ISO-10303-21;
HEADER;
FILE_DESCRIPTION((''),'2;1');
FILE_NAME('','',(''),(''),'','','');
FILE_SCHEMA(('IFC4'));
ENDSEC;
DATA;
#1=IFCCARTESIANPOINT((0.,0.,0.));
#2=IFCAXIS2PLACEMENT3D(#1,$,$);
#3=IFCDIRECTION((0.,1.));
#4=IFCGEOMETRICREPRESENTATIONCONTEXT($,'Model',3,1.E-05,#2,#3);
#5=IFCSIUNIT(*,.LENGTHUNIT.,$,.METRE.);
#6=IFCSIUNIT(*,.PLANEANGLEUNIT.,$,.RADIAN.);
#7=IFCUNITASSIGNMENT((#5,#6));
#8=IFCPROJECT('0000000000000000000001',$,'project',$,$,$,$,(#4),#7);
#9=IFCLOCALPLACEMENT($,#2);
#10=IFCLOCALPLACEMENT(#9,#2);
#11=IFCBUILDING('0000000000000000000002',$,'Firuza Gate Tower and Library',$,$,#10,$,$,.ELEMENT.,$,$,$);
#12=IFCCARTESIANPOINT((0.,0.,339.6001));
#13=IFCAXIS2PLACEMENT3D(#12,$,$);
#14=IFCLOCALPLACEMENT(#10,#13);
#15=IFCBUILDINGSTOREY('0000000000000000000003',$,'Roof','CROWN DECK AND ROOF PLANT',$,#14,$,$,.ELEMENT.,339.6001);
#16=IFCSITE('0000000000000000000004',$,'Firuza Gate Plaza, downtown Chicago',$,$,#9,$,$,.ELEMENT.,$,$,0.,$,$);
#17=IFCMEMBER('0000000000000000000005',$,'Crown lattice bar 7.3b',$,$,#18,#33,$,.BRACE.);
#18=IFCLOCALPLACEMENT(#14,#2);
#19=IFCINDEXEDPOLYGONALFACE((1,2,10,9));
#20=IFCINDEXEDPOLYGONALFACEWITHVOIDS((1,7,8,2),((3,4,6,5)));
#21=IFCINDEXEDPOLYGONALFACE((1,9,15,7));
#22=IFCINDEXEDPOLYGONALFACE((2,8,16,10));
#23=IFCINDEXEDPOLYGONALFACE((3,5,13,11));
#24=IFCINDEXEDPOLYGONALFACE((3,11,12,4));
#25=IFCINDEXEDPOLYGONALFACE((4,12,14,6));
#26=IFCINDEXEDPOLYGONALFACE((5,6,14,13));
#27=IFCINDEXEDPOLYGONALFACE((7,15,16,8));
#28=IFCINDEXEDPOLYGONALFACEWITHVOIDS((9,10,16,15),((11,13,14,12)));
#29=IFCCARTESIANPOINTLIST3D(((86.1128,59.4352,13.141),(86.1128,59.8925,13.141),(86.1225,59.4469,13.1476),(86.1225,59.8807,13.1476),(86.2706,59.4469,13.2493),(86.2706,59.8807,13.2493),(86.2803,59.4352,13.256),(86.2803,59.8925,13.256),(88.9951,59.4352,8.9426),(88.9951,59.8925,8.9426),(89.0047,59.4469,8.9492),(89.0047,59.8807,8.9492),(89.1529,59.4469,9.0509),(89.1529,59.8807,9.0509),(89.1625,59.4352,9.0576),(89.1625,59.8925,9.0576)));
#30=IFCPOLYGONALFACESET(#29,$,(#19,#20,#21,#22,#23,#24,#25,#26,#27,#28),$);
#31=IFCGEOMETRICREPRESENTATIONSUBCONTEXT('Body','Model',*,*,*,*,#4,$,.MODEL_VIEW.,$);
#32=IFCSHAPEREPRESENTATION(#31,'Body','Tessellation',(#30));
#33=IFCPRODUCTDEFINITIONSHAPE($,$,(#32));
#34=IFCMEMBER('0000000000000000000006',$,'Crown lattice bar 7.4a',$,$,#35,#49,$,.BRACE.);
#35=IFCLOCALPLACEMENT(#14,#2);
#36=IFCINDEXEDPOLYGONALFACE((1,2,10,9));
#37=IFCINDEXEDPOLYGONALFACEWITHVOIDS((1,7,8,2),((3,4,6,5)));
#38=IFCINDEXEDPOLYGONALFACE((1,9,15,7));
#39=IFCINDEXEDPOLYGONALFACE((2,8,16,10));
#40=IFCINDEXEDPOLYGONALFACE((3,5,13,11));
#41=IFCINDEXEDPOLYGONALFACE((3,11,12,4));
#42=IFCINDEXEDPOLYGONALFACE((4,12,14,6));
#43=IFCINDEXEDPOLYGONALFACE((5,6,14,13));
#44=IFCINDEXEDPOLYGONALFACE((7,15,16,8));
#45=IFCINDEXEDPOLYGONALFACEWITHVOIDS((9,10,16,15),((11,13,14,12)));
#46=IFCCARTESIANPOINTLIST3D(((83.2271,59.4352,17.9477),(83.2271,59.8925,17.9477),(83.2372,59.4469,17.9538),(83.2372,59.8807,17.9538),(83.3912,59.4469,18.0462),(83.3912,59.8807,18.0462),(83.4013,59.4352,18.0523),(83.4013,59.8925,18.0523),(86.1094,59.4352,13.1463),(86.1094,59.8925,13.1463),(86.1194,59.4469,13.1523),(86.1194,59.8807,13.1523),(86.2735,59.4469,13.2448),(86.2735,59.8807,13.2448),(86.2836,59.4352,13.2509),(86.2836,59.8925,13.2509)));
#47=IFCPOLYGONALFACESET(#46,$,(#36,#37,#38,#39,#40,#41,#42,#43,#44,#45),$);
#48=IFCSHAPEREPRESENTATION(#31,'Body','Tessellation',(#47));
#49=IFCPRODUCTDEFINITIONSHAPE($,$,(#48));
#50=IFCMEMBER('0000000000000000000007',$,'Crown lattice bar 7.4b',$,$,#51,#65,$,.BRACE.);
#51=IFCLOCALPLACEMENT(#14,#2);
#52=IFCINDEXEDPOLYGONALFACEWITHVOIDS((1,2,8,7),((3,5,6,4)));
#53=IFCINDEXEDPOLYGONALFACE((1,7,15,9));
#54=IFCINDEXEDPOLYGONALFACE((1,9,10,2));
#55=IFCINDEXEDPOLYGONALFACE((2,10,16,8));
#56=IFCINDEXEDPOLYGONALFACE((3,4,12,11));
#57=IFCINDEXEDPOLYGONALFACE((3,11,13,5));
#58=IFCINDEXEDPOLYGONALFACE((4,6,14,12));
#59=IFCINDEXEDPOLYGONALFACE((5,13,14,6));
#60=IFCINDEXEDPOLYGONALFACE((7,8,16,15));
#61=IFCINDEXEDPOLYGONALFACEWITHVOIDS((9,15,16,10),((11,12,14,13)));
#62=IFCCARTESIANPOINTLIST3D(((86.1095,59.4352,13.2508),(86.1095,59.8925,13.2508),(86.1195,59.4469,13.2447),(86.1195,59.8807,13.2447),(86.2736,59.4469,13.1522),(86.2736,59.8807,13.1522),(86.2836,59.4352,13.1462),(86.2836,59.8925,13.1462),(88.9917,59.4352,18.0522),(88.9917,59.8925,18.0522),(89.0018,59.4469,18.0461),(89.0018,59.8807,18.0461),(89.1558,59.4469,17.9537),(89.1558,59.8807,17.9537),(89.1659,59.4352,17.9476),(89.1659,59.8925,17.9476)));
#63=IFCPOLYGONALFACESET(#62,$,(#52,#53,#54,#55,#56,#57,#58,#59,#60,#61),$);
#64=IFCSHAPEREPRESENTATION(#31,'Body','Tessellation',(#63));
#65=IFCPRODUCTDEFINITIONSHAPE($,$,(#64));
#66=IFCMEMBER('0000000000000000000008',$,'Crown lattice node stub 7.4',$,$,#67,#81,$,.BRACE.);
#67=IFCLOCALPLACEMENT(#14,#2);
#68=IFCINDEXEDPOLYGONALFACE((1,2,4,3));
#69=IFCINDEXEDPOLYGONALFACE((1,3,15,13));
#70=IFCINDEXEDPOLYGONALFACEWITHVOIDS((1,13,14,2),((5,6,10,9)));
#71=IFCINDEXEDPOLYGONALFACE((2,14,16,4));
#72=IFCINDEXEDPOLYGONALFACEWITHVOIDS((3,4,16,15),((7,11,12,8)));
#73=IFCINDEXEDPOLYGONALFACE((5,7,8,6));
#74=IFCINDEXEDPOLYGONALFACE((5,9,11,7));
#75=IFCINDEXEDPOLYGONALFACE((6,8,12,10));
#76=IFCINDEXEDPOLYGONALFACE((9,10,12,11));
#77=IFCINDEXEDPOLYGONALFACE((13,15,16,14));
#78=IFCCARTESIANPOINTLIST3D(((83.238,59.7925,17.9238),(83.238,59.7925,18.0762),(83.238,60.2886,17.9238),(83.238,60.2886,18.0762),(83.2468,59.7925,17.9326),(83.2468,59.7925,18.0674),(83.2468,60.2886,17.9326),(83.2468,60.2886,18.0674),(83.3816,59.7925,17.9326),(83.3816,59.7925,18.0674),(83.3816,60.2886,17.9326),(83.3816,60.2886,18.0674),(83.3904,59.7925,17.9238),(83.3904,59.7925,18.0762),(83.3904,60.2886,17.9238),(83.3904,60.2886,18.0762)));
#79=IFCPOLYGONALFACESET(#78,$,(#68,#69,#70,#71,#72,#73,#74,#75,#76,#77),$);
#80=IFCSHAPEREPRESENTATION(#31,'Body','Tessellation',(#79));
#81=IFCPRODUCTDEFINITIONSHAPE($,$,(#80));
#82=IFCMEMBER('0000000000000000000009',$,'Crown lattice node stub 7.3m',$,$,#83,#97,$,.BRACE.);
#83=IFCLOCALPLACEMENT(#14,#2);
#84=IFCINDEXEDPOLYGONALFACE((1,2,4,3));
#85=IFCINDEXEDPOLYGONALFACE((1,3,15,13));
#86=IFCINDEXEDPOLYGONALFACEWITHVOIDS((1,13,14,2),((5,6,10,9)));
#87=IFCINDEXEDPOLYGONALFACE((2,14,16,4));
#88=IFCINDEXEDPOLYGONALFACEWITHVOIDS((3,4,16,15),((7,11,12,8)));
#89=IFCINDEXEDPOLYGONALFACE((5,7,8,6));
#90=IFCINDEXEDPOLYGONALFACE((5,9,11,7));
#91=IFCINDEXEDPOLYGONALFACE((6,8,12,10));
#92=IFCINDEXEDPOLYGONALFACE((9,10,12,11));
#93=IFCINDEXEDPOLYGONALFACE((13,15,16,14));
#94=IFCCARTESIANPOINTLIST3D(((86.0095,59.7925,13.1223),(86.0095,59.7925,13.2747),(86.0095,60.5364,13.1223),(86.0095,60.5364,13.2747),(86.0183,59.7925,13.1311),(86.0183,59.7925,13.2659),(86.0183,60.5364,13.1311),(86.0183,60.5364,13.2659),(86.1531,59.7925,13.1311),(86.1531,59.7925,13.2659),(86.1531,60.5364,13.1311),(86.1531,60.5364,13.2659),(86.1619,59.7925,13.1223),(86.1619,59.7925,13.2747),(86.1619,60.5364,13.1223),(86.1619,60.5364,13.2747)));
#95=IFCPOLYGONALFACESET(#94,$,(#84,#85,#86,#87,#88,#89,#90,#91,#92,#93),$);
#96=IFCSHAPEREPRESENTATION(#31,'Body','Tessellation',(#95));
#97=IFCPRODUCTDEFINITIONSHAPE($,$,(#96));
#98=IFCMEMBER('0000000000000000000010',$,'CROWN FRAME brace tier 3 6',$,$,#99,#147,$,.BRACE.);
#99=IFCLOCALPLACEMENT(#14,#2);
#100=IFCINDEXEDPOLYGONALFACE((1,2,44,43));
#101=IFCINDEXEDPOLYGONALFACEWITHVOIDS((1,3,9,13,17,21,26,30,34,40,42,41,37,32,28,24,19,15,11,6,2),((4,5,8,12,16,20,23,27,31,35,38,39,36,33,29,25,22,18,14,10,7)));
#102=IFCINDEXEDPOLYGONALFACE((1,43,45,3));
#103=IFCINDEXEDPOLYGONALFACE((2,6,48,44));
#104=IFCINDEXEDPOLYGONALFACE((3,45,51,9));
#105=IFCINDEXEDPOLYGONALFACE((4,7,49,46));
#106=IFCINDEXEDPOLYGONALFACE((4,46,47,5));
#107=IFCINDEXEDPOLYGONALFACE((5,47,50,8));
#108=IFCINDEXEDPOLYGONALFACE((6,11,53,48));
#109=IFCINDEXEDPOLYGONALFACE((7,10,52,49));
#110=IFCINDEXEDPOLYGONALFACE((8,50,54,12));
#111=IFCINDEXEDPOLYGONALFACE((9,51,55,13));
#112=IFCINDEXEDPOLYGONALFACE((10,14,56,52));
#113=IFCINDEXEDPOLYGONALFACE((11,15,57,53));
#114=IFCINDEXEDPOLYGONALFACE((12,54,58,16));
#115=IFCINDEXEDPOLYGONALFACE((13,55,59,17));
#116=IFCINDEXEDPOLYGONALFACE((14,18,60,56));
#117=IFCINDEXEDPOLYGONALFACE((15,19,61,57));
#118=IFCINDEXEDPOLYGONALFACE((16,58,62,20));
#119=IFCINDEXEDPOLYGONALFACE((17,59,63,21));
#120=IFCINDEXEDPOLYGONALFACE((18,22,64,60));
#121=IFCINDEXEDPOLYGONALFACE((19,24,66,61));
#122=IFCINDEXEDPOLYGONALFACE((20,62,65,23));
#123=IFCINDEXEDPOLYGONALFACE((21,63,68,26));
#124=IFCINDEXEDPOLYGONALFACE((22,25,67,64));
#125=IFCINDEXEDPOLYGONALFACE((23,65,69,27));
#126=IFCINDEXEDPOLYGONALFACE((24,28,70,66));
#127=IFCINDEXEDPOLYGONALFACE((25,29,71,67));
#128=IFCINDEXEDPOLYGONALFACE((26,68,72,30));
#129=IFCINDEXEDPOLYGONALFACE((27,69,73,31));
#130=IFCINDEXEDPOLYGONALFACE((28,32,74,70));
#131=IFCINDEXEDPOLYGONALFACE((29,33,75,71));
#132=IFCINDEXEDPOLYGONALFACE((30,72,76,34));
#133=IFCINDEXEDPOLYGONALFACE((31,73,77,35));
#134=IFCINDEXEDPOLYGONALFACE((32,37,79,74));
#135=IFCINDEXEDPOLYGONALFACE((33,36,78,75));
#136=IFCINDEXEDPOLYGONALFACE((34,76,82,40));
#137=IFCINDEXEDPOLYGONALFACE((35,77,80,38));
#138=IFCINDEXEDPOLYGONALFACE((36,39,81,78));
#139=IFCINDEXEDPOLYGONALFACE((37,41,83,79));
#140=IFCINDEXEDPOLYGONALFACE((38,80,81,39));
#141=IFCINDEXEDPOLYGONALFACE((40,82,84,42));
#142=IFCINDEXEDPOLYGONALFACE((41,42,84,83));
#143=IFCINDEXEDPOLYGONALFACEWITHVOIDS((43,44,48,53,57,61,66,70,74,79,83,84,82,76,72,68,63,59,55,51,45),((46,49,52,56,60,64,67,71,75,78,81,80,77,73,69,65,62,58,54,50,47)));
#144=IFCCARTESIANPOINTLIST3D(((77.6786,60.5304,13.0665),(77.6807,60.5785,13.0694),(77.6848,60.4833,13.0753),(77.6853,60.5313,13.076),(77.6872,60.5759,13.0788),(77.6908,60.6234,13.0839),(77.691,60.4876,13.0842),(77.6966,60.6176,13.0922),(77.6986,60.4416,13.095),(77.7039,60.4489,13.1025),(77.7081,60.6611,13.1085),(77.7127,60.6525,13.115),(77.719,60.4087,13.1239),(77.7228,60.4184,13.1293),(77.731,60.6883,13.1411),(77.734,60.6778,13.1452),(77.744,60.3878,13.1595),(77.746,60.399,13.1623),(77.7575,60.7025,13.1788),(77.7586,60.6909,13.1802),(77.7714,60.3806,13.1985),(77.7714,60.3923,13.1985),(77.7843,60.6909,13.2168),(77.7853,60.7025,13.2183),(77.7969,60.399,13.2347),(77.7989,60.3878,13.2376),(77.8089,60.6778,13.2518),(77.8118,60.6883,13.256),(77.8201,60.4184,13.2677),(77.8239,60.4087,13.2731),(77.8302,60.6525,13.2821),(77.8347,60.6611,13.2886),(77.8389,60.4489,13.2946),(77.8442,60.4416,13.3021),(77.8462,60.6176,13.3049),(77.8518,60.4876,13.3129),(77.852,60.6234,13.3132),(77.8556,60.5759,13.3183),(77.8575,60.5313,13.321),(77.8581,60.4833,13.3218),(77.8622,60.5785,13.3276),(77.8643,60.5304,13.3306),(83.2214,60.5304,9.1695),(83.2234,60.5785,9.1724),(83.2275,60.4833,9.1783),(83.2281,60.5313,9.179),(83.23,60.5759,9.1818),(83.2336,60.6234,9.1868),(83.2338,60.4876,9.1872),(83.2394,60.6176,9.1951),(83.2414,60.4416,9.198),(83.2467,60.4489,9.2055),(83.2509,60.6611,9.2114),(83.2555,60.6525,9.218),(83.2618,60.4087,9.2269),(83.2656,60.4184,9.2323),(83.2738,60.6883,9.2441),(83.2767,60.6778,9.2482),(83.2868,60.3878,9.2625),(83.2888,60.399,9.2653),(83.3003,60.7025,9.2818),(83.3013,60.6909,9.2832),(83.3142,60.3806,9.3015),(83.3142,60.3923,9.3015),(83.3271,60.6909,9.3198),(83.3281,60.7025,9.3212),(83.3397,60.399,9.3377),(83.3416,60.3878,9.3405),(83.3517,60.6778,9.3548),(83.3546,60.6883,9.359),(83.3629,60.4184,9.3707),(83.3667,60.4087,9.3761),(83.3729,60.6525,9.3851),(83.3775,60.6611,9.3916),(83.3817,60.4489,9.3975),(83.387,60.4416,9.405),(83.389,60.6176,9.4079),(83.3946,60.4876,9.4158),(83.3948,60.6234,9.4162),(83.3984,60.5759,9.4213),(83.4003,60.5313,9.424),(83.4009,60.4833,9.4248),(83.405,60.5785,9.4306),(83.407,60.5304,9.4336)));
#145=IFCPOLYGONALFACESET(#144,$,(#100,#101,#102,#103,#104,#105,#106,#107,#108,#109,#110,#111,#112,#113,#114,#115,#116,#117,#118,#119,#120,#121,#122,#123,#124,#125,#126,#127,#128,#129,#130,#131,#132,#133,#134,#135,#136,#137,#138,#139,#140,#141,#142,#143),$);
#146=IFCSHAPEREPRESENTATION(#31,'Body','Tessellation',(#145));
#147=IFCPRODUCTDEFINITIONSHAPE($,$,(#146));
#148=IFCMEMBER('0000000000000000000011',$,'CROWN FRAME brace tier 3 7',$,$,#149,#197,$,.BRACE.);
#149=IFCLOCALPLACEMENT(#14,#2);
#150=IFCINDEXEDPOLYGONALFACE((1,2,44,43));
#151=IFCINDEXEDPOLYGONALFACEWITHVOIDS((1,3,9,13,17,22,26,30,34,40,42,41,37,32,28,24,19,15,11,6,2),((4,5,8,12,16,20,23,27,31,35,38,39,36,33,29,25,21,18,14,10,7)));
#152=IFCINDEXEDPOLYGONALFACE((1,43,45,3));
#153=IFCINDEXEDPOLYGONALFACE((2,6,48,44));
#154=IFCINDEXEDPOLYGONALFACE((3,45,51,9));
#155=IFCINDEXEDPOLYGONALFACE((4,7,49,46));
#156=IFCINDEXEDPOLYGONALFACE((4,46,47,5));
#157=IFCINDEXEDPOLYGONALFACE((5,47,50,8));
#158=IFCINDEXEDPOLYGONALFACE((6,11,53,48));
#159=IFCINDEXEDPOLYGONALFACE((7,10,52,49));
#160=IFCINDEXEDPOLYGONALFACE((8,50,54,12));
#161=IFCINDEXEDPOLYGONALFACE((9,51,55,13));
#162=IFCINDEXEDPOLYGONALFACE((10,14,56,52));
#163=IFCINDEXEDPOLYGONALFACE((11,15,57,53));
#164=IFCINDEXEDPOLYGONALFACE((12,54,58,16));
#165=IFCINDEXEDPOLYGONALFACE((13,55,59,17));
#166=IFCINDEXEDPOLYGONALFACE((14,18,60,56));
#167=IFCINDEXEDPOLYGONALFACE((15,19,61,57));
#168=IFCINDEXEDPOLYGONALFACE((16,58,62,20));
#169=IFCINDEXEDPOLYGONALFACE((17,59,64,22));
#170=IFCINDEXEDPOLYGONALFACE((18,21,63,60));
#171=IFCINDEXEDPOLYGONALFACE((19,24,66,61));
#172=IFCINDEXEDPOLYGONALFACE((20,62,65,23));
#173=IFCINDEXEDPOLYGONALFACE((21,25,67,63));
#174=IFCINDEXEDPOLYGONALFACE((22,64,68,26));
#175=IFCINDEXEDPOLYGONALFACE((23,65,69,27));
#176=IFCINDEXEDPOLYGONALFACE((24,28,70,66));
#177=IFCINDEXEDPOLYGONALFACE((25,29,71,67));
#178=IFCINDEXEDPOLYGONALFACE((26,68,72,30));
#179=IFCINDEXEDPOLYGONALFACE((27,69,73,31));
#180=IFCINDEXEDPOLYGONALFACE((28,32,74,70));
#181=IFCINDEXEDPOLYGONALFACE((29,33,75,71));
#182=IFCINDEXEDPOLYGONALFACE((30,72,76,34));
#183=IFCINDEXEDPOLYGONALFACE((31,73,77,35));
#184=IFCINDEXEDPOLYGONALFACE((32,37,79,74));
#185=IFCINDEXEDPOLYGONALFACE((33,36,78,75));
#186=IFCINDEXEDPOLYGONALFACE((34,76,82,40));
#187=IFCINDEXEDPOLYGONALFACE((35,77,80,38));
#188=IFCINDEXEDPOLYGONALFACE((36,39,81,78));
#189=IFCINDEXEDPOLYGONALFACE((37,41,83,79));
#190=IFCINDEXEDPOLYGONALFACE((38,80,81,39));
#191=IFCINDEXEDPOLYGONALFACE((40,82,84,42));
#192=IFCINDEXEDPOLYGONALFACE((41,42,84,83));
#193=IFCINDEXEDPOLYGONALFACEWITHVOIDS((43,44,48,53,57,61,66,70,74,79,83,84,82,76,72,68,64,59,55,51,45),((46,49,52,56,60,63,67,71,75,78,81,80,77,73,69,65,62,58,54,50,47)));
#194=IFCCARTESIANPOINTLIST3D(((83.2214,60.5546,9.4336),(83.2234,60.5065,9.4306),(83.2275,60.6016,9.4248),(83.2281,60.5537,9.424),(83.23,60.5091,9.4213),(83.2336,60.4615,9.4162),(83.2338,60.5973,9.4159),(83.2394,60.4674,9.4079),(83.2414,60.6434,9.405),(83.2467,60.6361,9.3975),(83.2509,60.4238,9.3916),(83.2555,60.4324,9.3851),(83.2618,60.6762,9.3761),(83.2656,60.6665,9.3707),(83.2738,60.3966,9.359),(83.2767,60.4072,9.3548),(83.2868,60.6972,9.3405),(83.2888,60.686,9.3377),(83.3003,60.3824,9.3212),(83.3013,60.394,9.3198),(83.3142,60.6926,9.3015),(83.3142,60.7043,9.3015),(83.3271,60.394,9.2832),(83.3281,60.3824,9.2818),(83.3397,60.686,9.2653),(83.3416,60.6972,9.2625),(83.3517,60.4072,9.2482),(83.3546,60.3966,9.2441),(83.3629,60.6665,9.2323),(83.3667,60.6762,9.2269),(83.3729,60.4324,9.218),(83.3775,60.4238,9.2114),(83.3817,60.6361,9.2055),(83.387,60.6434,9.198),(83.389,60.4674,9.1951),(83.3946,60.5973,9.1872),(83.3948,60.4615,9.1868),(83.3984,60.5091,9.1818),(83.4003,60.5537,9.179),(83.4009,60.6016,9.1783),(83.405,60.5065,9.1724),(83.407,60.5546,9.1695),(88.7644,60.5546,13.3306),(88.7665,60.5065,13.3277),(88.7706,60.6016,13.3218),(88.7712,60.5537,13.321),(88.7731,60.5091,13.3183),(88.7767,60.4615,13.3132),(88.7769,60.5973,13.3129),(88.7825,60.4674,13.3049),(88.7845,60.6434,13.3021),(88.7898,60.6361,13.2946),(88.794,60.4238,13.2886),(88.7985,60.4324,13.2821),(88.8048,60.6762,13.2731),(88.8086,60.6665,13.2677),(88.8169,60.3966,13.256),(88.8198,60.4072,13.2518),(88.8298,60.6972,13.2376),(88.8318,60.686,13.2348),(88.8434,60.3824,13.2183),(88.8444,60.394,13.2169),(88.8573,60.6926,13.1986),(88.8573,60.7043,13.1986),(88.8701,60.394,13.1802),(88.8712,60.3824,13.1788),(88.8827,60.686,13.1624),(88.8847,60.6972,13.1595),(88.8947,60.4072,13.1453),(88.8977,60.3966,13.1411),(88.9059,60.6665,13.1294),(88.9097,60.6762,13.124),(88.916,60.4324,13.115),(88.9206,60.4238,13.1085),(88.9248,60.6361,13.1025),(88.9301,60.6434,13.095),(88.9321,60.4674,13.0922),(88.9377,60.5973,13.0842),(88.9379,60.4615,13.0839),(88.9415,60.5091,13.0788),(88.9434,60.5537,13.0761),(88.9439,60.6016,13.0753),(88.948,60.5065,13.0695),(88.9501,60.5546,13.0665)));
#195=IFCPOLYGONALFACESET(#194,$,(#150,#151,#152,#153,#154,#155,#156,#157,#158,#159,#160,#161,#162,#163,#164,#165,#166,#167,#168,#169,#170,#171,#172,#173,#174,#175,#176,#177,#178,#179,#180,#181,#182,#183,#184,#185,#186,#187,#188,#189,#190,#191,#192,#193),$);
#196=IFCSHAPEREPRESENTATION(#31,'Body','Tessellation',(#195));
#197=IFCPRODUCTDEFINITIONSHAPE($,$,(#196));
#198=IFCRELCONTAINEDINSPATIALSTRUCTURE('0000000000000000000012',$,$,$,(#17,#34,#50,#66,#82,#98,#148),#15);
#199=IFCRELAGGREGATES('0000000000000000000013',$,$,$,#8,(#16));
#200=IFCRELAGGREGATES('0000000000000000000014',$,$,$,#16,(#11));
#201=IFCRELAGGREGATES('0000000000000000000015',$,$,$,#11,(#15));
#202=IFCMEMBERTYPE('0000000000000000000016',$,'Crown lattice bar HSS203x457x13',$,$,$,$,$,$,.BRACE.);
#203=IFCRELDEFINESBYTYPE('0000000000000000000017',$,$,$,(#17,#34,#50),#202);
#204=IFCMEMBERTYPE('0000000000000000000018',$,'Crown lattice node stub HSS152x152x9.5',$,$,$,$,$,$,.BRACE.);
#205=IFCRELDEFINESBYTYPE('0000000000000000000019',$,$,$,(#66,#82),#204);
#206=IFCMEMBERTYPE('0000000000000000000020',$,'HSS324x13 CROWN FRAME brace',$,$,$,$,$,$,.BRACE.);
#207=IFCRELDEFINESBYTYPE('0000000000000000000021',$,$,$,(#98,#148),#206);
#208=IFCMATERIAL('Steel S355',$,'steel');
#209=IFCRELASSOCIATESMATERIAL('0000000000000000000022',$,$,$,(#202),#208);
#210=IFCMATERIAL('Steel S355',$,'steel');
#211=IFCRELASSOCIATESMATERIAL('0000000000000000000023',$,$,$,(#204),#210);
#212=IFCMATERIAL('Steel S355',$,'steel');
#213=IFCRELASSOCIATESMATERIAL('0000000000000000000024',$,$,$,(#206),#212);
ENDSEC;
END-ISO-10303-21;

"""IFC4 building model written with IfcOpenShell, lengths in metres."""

from ifc_helpers import new_model, si_unit, direction, frame, origin, origin_2d, place, context, subcontext, project, spatial, hollow_rectangle, hollow_circle, extrude, material, material_profile, profile_set, type_object, element, save


model = new_model("IFC4")

# Units and contexts
model_context = context("Model", 3, precision=1e-05, world=origin(), true_north=direction((0.0, 1.0)))
body_context = subcontext(model_context, "Body", "Model", "MODEL_VIEW")
ifc_project = project(units=[si_unit("LENGTHUNIT", "METRE"), si_unit("PLANEANGLEUNIT", "RADIAN")], contexts=[model_context])

# Site, building, storey
site_placement = place(None, origin())
site = spatial("IfcSite", under=ifc_project, at=site_placement, Name="Firuza Gate Plaza, downtown Chicago", CompositionType="ELEMENT", RefElevation=0.0)
building_placement = place(site_placement, origin())
building = spatial("IfcBuilding", under=site, at=building_placement, Name="Firuza Gate Tower and Library", CompositionType="ELEMENT")
storey_placement = place(building_placement, frame((0.0, 0.0, 339.6001)))
storey = spatial("IfcBuildingStorey", under=building, at=storey_placement, Name="Roof", Description="CROWN DECK AND ROOF PLANT", CompositionType="ELEMENT", Elevation=339.6001)

# Members
ifc_material_1 = material(Name="Steel S355", Category="steel")
ifc_material_profile_1 = material_profile(ifc_material_1, hollow_rectangle(XDim=0.4573, YDim=0.2031, WallThickness=0.0117, at=origin_2d()))
ifc_profile_set_1 = profile_set([ifc_material_profile_1], Name="Steel S355")
member_type_1 = type_object("IfcMemberType", Name="Crown lattice bar HSS203x457x13", PredefinedType="BRACE", material=ifc_profile_set_1)
member_1_placement = place(storey_placement, frame((86.1965, 59.6638, 13.1985), z_axis=(0.565977, 0.0, -0.824421), x_axis=(0.0, 1.0, 0.0)))
element("IfcMember", 1, at=member_1_placement, inside=storey, type_object=member_type_1, Name="Crown lattice bar 7.3b", PredefinedType="BRACE", context=body_context, shape_type="SweptSolid", body=[
    extrude(hollow_rectangle(XDim=0.4573, YDim=0.2031, WallThickness=0.0117, at=origin_2d()), origin(), (0.0, 0.0, 1.0), 5.0925),
])
for number, where, z_axis, x_axis, name in (
    (2, (83.3142, 59.6638, 18.0), (0.514682, 0.0, -0.857381), (0.0, 1.0, 0.0), "Crown lattice bar 7.4a"),
    (3, (86.1965, 59.6638, 13.1985), (0.514682, 0.0, 0.857381), (0.0, 1.0, 0.0), "Crown lattice bar 7.4b"),
):
    element("IfcMember", number, at=place(storey_placement, frame(where, z_axis=z_axis, x_axis=x_axis)), inside=storey, type_object=member_type_1, Name=name, PredefinedType="BRACE", context=body_context, shape_type="SweptSolid", body=[
        extrude(hollow_rectangle(XDim=0.4573, YDim=0.2031, WallThickness=0.0117, at=origin_2d()), origin(), (0.0, 0.0, 1.0), 5.6001),
    ])
ifc_material_2 = material(Name="Steel S355", Category="steel")
ifc_material_profile_2 = material_profile(ifc_material_2, hollow_rectangle(XDim=0.1523, YDim=0.1523, WallThickness=0.0088, at=origin_2d()))
ifc_profile_set_2 = profile_set([ifc_material_profile_2], Name="Steel S355")
member_type_2 = type_object("IfcMemberType", Name="Crown lattice node stub HSS152x152x9.5", PredefinedType="BRACE", material=ifc_profile_set_2)
member_2_placement = place(storey_placement, frame((83.3142, 60.2886, 18.0), z_axis=(0.0, -1.0, 0.0), x_axis=(1.0, 0.0, 0.0)))
element("IfcMember", 4, at=member_2_placement, inside=storey, type_object=member_type_2, Name="Crown lattice node stub 7.4", PredefinedType="BRACE", context=body_context, shape_type="SweptSolid", body=[
    extrude(hollow_rectangle(XDim=0.1523, YDim=0.1523, WallThickness=0.0088, at=origin_2d()), origin(), (0.0, 0.0, 1.0), 0.4961),
])
member_3_placement = place(storey_placement, frame((86.0857, 60.5364, 13.1985), z_axis=(0.0, -1.0, 0.0), x_axis=(1.0, 0.0, 0.0)))
element("IfcMember", 5, at=member_3_placement, inside=storey, type_object=member_type_2, Name="Crown lattice node stub 7.3m", PredefinedType="BRACE", context=body_context, shape_type="SweptSolid", body=[
    extrude(hollow_rectangle(XDim=0.1523, YDim=0.1523, WallThickness=0.0088, at=origin_2d()), origin(), (0.0, 0.0, 1.0), 0.7439),
])
ifc_material_3 = material(Name="Steel S355", Category="steel")
ifc_material_profile_3 = material_profile(ifc_material_3, hollow_circle(Radius=0.1619, WallThickness=0.0117, at=origin_2d()))
ifc_profile_set_3 = profile_set([ifc_material_profile_3], Name="Steel S355")
member_type_3 = type_object("IfcMemberType", Name="HSS324x13 CROWN FRAME brace", PredefinedType="BRACE", material=ifc_profile_set_3)
member_4_placement = place(storey_placement, frame((83.3142, 60.5425, 9.3015), z_axis=(-0.818047, 0.0, 0.575152), x_axis=(0.0, -1.0, 0.0)))
element("IfcMember", 6, at=member_4_placement, inside=storey, type_object=member_type_3, Name="CROWN FRAME brace tier 3 6", PredefinedType="BRACE", context=body_context, shape_type="SweptSolid", body=[
    extrude(hollow_circle(Radius=0.1619, WallThickness=0.0117, at=origin_2d()), origin(), (0.0, 0.0, 1.0), 6.7756),
])
member_5_placement = place(storey_placement, frame((83.3142, 60.5425, 9.3015), z_axis=(0.818059, 0.0, 0.575135), x_axis=(0.0, 1.0, 0.0)))
element("IfcMember", 7, at=member_5_placement, inside=storey, type_object=member_type_3, Name="CROWN FRAME brace tier 3 7", PredefinedType="BRACE", context=body_context, shape_type="SweptSolid", body=[
    extrude(hollow_circle(Radius=0.1619, WallThickness=0.0117, at=origin_2d()), origin(), (0.0, 0.0, 1.0), 6.7759),
])

save(model, "model.ifc")
